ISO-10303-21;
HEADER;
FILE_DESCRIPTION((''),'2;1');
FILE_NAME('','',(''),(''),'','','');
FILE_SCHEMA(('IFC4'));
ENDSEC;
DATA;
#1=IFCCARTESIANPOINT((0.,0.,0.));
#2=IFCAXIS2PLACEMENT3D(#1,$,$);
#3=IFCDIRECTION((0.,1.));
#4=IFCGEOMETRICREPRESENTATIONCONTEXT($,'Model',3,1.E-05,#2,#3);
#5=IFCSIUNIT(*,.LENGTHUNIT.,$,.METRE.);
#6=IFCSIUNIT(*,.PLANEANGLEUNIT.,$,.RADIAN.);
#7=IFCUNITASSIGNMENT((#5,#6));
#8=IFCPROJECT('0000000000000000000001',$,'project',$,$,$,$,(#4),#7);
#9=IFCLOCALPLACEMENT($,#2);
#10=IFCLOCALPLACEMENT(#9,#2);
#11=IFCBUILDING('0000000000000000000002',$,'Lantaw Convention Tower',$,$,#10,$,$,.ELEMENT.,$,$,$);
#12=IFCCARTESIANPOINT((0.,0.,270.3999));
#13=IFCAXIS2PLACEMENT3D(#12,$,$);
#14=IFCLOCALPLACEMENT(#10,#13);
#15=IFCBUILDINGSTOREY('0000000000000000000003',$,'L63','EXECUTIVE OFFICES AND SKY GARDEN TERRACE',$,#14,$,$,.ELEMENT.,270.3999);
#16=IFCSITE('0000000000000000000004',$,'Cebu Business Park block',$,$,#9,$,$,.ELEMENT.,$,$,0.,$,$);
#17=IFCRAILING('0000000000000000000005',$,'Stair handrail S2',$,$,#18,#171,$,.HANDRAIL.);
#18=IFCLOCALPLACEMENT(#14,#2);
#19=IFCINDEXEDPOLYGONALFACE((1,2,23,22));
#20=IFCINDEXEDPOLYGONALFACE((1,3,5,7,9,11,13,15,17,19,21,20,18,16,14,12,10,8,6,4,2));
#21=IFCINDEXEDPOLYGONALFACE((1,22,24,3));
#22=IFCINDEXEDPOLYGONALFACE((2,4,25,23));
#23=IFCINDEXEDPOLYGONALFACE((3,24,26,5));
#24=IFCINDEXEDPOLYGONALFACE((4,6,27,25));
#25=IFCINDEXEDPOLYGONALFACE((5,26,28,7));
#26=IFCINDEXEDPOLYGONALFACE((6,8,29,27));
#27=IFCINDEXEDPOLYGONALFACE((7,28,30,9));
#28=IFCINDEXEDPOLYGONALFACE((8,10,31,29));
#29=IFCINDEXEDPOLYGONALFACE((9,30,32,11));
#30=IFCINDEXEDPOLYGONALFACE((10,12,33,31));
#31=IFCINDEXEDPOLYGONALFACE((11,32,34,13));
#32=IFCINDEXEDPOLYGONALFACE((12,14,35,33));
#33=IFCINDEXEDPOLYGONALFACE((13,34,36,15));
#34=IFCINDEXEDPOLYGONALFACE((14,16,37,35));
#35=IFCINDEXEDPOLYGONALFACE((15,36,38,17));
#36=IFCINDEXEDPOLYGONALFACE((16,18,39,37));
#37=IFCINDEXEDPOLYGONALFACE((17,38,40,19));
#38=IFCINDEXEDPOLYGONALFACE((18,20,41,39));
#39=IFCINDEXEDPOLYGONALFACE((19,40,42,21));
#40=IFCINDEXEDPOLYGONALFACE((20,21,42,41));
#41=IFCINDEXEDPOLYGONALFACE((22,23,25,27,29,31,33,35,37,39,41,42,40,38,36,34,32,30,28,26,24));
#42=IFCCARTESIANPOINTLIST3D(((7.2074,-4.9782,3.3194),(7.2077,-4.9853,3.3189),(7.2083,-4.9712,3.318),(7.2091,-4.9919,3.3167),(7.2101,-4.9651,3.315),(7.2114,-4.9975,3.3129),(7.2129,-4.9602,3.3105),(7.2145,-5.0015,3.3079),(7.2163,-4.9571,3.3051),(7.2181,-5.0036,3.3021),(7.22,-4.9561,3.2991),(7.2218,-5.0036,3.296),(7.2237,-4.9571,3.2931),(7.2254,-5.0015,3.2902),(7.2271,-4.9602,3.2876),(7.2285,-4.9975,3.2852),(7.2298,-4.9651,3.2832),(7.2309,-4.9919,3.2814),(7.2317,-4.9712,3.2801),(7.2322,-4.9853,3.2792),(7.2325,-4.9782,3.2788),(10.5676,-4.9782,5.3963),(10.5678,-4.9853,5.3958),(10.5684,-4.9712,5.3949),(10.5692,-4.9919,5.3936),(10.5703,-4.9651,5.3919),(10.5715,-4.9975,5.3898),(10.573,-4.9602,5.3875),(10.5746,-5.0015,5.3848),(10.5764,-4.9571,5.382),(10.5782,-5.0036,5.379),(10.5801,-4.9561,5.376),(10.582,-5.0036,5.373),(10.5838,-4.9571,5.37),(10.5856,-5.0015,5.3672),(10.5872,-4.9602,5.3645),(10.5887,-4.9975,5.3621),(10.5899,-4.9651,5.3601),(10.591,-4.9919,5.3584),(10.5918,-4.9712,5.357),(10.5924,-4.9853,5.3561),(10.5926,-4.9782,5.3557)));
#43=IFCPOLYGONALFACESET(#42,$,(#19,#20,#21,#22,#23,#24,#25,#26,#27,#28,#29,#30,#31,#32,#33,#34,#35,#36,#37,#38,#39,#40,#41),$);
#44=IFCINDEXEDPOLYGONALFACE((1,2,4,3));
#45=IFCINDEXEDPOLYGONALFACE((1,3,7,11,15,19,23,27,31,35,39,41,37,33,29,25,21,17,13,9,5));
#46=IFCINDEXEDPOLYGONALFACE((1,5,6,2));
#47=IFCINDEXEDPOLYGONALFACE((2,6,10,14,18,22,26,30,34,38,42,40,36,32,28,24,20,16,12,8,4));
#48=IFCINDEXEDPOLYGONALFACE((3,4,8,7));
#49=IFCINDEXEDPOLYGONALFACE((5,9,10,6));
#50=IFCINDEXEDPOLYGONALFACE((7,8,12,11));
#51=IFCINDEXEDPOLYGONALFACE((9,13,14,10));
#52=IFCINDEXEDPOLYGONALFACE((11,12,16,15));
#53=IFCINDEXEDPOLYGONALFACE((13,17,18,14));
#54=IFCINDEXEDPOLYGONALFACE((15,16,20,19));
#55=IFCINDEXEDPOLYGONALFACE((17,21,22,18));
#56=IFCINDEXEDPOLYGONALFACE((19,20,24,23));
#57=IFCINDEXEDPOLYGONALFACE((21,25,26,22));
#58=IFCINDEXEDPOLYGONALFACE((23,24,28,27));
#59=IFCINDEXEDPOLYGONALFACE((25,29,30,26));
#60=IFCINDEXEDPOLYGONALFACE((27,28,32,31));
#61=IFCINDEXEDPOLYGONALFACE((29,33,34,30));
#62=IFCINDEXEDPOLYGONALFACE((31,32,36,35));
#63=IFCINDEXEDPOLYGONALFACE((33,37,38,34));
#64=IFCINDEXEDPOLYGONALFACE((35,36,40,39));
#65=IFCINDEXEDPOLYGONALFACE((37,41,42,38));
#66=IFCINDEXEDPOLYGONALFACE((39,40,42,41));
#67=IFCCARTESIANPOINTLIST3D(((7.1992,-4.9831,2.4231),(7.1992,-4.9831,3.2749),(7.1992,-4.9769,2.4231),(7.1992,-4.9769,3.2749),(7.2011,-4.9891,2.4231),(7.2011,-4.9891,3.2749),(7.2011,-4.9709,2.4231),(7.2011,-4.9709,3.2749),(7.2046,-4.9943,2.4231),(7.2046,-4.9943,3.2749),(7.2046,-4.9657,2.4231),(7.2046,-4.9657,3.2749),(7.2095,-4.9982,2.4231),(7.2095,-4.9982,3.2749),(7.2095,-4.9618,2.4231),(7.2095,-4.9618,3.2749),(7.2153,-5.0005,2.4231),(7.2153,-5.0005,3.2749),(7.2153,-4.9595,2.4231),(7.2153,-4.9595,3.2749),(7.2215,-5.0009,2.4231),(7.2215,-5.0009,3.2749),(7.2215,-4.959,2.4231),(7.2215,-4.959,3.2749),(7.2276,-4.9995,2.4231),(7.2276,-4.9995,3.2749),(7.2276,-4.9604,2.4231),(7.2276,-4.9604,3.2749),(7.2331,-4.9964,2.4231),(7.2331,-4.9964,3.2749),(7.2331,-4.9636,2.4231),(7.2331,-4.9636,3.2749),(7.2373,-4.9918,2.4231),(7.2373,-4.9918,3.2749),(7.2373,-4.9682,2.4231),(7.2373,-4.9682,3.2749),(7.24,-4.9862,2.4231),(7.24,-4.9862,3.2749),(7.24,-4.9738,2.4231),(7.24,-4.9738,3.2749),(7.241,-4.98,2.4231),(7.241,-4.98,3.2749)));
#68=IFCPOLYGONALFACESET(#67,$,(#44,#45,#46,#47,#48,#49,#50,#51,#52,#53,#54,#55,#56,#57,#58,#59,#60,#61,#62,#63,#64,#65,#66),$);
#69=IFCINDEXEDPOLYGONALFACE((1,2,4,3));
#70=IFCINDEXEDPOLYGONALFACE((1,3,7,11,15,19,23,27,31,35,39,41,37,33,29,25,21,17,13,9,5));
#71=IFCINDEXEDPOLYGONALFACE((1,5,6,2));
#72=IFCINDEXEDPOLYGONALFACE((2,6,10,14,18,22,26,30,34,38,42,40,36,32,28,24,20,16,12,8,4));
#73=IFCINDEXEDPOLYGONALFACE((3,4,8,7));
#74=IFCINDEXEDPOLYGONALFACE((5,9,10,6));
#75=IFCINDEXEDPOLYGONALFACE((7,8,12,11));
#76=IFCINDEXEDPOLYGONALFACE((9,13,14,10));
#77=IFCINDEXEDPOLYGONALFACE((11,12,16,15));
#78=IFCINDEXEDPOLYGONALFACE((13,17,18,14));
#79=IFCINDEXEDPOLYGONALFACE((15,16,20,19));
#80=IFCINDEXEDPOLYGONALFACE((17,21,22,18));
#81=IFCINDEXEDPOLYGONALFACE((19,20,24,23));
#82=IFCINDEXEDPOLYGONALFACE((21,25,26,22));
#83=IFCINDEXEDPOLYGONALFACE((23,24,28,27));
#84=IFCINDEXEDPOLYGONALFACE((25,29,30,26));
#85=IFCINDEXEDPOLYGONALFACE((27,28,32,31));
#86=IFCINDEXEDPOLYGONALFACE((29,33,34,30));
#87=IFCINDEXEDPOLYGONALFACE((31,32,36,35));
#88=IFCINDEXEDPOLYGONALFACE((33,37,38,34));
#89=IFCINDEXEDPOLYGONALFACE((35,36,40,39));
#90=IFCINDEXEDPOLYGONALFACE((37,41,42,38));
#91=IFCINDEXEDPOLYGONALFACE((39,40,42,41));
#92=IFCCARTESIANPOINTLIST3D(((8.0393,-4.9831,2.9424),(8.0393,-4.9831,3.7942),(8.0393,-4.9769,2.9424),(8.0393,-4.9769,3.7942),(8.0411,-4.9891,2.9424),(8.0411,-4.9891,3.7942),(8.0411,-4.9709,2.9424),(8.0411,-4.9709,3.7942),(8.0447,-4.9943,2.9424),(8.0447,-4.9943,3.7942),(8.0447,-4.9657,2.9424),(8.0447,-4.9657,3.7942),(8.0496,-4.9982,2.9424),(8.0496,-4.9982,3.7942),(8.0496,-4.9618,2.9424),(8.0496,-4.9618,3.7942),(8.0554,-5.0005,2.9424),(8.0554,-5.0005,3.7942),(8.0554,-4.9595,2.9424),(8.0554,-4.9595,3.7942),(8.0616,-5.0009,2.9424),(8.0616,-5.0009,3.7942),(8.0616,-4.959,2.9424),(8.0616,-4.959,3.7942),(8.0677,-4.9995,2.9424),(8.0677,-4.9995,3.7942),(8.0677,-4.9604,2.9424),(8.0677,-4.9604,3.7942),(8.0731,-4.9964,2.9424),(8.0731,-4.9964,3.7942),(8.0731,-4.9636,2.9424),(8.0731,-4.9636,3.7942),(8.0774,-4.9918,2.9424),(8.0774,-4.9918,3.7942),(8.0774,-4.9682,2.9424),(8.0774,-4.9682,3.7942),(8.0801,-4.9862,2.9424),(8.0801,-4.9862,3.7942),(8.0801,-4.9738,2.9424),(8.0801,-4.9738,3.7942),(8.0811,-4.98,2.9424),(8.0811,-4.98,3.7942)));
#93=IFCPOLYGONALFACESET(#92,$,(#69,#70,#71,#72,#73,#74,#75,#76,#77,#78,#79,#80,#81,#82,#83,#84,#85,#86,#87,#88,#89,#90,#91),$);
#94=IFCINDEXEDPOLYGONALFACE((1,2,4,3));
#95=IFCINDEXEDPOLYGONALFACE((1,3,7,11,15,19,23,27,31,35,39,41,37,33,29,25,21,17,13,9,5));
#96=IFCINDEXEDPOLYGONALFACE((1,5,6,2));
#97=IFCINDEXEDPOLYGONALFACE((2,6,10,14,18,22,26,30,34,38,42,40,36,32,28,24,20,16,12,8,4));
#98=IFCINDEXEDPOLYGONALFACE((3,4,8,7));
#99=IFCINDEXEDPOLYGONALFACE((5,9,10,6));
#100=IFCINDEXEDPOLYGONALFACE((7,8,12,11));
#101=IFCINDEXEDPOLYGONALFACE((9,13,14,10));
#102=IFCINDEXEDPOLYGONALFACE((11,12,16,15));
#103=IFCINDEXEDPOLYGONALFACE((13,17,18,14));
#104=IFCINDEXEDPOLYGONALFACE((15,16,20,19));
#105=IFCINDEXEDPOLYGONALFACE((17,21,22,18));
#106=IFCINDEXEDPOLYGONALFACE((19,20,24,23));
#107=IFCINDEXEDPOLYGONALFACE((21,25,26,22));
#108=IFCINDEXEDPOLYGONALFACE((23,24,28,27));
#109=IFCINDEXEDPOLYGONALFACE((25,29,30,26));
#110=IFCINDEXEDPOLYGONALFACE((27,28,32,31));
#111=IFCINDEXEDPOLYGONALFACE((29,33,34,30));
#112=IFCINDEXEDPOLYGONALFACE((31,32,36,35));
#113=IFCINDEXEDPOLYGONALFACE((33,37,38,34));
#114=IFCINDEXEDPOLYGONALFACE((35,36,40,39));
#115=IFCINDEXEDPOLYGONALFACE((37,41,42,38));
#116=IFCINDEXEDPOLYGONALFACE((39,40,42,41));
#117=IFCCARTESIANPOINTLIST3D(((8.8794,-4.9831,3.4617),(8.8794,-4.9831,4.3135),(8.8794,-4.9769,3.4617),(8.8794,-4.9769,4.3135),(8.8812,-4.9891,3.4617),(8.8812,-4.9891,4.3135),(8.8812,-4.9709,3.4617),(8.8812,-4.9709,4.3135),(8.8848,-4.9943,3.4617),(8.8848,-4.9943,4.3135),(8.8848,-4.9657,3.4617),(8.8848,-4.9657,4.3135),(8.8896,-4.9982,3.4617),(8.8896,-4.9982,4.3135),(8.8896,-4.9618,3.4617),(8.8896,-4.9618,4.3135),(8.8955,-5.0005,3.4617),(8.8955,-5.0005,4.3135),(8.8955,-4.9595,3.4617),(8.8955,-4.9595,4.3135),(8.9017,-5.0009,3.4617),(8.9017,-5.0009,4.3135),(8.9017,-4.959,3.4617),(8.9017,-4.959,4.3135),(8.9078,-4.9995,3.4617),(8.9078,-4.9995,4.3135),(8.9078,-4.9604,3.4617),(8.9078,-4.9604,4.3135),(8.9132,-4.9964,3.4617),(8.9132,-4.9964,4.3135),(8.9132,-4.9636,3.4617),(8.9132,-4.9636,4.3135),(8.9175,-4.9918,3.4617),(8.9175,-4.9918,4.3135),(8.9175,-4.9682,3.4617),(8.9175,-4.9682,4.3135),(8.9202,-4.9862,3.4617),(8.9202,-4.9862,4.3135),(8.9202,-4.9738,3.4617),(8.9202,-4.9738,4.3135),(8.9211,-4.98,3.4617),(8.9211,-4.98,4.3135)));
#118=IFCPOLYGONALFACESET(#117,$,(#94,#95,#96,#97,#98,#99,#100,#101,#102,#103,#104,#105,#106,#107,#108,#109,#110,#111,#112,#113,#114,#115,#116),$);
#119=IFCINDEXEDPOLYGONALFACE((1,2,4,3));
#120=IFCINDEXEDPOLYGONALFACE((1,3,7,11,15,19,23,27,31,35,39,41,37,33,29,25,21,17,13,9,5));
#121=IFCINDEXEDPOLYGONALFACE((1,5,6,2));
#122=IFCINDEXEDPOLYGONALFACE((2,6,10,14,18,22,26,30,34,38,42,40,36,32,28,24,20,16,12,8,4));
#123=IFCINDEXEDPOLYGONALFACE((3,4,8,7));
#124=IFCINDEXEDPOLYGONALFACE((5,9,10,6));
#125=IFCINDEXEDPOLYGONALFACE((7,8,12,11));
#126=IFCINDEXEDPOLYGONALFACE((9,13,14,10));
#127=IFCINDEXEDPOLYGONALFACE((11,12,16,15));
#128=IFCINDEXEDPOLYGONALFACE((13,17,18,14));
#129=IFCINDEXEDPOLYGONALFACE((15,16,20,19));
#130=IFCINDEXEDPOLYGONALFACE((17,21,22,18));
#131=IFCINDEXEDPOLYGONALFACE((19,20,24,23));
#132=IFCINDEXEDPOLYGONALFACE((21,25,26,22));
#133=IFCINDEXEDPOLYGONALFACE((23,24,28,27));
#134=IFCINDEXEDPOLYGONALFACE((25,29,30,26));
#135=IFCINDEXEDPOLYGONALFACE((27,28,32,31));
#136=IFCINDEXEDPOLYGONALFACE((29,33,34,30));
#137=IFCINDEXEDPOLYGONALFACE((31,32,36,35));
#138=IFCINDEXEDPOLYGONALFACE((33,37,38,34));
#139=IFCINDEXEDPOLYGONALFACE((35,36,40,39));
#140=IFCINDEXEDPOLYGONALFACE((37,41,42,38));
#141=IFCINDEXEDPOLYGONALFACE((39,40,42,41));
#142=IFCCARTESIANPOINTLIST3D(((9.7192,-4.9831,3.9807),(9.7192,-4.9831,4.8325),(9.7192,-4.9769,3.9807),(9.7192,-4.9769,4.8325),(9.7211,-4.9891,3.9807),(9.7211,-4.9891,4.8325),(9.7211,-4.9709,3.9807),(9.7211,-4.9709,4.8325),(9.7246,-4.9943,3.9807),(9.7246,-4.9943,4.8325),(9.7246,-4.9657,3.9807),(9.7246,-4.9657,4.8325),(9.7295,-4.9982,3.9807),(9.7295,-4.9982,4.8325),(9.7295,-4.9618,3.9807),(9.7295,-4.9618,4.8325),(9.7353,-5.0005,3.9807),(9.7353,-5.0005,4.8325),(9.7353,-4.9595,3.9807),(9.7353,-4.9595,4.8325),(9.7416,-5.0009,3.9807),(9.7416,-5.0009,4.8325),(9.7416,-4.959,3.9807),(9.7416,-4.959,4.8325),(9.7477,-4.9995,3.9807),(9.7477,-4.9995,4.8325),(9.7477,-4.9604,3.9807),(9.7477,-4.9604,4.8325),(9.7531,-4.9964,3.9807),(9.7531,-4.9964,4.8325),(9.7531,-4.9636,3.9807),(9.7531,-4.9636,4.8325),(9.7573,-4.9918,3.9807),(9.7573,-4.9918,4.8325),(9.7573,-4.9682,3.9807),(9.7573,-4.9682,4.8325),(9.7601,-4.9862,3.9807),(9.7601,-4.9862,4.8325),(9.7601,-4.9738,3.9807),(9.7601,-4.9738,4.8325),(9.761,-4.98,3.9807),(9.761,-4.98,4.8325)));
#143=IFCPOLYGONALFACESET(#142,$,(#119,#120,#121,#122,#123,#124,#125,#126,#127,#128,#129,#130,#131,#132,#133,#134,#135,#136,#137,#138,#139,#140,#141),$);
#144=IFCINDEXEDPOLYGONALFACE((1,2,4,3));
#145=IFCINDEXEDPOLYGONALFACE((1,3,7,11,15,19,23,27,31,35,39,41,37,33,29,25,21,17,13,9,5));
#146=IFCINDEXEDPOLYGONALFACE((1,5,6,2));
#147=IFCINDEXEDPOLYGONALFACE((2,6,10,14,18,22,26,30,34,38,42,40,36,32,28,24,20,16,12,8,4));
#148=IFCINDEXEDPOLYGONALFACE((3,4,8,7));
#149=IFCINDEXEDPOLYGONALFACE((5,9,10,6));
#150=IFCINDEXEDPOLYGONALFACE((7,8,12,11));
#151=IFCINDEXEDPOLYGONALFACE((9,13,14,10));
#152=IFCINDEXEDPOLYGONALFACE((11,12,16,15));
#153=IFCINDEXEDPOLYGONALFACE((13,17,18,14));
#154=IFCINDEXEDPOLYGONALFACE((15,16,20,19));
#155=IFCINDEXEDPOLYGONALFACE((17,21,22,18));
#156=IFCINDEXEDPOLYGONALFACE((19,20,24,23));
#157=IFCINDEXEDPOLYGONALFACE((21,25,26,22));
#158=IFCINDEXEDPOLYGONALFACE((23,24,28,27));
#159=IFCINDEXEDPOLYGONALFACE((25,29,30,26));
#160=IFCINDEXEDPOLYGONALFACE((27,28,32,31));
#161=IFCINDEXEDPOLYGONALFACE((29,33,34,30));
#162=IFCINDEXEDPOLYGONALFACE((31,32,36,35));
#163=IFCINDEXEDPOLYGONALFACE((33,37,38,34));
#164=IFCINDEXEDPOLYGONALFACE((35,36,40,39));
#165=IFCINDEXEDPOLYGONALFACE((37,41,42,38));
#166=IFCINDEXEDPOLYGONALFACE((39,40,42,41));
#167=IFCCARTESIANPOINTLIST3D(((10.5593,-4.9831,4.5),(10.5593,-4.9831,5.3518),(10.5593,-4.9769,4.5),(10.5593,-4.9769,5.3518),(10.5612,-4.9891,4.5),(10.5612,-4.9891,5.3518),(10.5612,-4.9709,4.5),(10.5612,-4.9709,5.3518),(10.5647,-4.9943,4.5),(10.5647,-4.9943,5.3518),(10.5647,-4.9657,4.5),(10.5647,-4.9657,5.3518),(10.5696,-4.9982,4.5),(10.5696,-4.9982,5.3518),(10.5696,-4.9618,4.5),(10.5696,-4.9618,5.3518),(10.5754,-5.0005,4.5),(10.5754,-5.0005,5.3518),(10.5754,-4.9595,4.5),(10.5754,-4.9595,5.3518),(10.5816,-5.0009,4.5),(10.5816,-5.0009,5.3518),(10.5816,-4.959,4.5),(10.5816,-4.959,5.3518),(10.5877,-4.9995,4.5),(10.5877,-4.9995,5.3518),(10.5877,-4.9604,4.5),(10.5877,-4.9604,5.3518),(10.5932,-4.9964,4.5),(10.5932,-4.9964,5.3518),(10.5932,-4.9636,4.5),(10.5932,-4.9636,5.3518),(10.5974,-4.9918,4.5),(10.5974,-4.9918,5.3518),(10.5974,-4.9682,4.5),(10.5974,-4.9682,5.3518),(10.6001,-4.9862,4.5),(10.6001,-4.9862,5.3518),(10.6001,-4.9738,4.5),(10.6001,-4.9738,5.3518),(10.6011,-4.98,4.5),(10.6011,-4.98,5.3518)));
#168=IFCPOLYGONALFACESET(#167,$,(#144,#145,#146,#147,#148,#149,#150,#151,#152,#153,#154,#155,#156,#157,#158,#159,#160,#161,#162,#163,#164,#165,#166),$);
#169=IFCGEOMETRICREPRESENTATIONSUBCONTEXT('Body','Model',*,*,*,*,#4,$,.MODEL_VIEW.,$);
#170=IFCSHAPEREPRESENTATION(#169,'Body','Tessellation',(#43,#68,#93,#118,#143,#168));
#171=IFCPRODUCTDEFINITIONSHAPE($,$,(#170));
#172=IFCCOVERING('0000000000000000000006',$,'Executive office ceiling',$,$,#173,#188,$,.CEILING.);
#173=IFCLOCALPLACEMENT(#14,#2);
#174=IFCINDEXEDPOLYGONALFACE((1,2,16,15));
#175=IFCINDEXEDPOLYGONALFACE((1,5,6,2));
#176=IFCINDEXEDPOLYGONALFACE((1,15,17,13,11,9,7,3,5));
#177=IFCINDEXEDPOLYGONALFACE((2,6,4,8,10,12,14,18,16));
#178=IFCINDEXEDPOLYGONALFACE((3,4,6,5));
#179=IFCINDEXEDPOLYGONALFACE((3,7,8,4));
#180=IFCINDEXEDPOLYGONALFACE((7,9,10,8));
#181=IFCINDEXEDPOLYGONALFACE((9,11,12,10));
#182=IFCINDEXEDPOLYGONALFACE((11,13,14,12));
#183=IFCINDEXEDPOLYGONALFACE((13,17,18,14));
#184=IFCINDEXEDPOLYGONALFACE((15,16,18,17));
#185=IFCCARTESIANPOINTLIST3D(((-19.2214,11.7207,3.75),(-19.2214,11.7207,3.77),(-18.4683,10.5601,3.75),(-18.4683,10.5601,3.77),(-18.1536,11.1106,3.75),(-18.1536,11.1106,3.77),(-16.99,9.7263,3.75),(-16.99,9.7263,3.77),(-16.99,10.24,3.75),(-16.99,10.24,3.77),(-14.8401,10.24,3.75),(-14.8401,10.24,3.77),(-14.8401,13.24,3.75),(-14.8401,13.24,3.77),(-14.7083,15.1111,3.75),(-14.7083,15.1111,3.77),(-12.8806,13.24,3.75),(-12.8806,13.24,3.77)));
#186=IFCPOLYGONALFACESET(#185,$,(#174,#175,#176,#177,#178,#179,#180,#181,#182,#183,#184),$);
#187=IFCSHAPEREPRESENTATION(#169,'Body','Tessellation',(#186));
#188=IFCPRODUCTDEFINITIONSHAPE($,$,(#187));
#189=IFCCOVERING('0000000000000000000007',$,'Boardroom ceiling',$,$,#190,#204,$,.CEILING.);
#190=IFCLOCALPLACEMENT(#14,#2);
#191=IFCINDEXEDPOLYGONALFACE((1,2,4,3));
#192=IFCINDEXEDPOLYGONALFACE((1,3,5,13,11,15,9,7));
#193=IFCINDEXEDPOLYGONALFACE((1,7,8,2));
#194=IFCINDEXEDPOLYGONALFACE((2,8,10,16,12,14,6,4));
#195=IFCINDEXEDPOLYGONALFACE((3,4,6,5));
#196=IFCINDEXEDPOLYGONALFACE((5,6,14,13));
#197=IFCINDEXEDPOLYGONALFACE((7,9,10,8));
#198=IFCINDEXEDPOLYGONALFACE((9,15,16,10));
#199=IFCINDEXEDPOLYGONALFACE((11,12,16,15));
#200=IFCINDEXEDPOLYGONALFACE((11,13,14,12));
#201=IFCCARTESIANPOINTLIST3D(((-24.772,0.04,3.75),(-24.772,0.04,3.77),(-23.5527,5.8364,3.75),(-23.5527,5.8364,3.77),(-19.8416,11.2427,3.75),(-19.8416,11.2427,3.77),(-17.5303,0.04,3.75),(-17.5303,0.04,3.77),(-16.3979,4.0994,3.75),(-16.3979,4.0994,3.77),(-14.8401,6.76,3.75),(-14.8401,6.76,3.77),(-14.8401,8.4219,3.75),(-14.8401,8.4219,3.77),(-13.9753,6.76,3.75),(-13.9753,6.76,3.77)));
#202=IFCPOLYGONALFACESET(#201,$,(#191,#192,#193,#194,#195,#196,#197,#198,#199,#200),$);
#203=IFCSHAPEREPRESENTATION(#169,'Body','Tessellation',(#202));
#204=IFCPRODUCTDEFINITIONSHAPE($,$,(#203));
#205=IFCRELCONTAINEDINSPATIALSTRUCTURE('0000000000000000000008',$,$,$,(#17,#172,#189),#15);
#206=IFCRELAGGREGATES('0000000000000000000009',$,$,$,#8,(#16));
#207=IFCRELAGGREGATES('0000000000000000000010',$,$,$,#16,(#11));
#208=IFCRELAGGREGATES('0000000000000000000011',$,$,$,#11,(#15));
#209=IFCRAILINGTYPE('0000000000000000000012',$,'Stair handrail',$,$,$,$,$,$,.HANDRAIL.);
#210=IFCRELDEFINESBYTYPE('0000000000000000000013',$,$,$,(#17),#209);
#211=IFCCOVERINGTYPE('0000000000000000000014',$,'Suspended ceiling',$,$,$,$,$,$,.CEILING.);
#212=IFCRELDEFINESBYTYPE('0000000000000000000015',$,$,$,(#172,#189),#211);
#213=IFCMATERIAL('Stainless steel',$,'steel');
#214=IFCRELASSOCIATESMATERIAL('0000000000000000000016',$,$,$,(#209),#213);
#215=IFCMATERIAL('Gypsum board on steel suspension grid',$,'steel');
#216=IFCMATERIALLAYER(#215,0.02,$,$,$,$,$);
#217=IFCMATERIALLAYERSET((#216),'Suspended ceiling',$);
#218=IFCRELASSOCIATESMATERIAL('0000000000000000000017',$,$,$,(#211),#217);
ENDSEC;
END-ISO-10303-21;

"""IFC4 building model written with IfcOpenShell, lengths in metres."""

from ifc_helpers import new_model, si_unit, direction, frame, origin, origin_2d, place, context, subcontext, project, spatial, polyline, circle, outline, extrude, material, layer, layer_set, type_object, element, save


model = new_model("IFC4")

# Units and contexts
model_context = context("Model", 3, precision=1e-05, world=origin(), true_north=direction((0.0, 1.0)))
body_context = subcontext(model_context, "Body", "Model", "MODEL_VIEW")
ifc_project = project(units=[si_unit("LENGTHUNIT", "METRE"), si_unit("PLANEANGLEUNIT", "RADIAN")], contexts=[model_context])

# Site, building, storey
site_placement = place(None, origin())
site = spatial("IfcSite", under=ifc_project, at=site_placement, Name="Cebu Business Park block", CompositionType="ELEMENT", RefElevation=0.0)
building_placement = place(site_placement, origin())
building = spatial("IfcBuilding", under=site, at=building_placement, Name="Lantaw Convention Tower", CompositionType="ELEMENT")
storey_placement = place(building_placement, frame((0.0, 0.0, 270.3999)))
storey = spatial("IfcBuildingStorey", under=building, at=storey_placement, Name="L63", Description="EXECUTIVE OFFICES AND SKY GARDEN TERRACE", CompositionType="ELEMENT", Elevation=270.3999)

# Railing
ifc_material_1 = material(Name="Stainless steel", Category="steel")
railing_type = type_object("IfcRailingType", Name="Stair handrail", PredefinedType="HANDRAIL", material=ifc_material_1)
railing_1_placement = place(storey_placement, frame((7.22, -4.98, 2.4231)))
element("IfcRailing", 1, at=railing_1_placement, inside=storey, type_object=railing_type, Name="Stair handrail S2", PredefinedType="HANDRAIL", context=body_context, shape_type="SweptSolid", body=[
    extrude(circle(Radius=0.0239, at=origin_2d()), frame((0.0, 0.0, 0.876), z_axis=(0.850623, 0.0, 0.525776), x_axis=(0.0, 1.0, 0.0)), (0.0, 0.0, 1.0), 3.9502),
    extrude(circle(Radius=0.021, at=origin_2d()), origin(), (0.0, 0.0, 1.0), 0.8518),
    extrude(circle(Radius=0.021, at=origin_2d()), frame((0.8401, 0.0, 0.5193)), (0.0, 0.0, 1.0), 0.8518),
    extrude(circle(Radius=0.021, at=origin_2d()), frame((1.6802, 0.0, 1.0386)), (0.0, 0.0, 1.0), 0.8518),
    extrude(circle(Radius=0.021, at=origin_2d()), frame((2.52, 0.0, 1.5576)), (0.0, 0.0, 1.0), 0.8518),
    extrude(circle(Radius=0.021, at=origin_2d()), frame((3.3601, 0.0, 2.0769)), (0.0, 0.0, 1.0), 0.8518),
])

# Coverings
ifc_material_2 = material(Name="Gypsum board on steel suspension grid", Category="steel")
ifc_layer_1 = layer(ifc_material_2, 0.02)
ifc_layer_set_1 = layer_set([ifc_layer_1], Name="Suspended ceiling")
covering_type = type_object("IfcCoveringType", Name="Suspended ceiling", PredefinedType="CEILING", material=ifc_layer_set_1)
covering_1_placement = place(storey_placement, frame((0.0, 0.0, 3.75)))
element("IfcCovering", 2, at=covering_1_placement, inside=storey, type_object=covering_type, Name="Executive office ceiling", PredefinedType="CEILING", context=body_context, shape_type="SweptSolid", body=[
    extrude(outline(polyline([(-19.2214, 11.7207), (-18.1536, 11.1106), (-18.4683, 10.5601), (-16.99, 9.7263), (-16.99, 10.24), (-14.8401, 10.24), (-14.8401, 13.24), (-12.8806, 13.24), (-14.7083, 15.1111), (-19.2214, 11.7207)])), origin(), (0.0, 0.0, 1.0), 0.02),
])
covering_2_placement = place(storey_placement, frame((0.0, 0.0, 3.75)))
element("IfcCovering", 3, at=covering_2_placement, inside=storey, type_object=covering_type, Name="Boardroom ceiling", PredefinedType="CEILING", context=body_context, shape_type="SweptSolid", body=[
    extrude(outline(polyline([(-16.3979, 4.0994), (-13.9753, 6.76), (-14.8401, 6.76), (-14.8401, 8.4219), (-19.8416, 11.2427), (-23.5527, 5.8364), (-24.772, 0.04), (-17.5303, 0.04), (-16.3979, 4.0994)])), origin(), (0.0, 0.0, 1.0), 0.02),
])

save(model, "model.ifc")
